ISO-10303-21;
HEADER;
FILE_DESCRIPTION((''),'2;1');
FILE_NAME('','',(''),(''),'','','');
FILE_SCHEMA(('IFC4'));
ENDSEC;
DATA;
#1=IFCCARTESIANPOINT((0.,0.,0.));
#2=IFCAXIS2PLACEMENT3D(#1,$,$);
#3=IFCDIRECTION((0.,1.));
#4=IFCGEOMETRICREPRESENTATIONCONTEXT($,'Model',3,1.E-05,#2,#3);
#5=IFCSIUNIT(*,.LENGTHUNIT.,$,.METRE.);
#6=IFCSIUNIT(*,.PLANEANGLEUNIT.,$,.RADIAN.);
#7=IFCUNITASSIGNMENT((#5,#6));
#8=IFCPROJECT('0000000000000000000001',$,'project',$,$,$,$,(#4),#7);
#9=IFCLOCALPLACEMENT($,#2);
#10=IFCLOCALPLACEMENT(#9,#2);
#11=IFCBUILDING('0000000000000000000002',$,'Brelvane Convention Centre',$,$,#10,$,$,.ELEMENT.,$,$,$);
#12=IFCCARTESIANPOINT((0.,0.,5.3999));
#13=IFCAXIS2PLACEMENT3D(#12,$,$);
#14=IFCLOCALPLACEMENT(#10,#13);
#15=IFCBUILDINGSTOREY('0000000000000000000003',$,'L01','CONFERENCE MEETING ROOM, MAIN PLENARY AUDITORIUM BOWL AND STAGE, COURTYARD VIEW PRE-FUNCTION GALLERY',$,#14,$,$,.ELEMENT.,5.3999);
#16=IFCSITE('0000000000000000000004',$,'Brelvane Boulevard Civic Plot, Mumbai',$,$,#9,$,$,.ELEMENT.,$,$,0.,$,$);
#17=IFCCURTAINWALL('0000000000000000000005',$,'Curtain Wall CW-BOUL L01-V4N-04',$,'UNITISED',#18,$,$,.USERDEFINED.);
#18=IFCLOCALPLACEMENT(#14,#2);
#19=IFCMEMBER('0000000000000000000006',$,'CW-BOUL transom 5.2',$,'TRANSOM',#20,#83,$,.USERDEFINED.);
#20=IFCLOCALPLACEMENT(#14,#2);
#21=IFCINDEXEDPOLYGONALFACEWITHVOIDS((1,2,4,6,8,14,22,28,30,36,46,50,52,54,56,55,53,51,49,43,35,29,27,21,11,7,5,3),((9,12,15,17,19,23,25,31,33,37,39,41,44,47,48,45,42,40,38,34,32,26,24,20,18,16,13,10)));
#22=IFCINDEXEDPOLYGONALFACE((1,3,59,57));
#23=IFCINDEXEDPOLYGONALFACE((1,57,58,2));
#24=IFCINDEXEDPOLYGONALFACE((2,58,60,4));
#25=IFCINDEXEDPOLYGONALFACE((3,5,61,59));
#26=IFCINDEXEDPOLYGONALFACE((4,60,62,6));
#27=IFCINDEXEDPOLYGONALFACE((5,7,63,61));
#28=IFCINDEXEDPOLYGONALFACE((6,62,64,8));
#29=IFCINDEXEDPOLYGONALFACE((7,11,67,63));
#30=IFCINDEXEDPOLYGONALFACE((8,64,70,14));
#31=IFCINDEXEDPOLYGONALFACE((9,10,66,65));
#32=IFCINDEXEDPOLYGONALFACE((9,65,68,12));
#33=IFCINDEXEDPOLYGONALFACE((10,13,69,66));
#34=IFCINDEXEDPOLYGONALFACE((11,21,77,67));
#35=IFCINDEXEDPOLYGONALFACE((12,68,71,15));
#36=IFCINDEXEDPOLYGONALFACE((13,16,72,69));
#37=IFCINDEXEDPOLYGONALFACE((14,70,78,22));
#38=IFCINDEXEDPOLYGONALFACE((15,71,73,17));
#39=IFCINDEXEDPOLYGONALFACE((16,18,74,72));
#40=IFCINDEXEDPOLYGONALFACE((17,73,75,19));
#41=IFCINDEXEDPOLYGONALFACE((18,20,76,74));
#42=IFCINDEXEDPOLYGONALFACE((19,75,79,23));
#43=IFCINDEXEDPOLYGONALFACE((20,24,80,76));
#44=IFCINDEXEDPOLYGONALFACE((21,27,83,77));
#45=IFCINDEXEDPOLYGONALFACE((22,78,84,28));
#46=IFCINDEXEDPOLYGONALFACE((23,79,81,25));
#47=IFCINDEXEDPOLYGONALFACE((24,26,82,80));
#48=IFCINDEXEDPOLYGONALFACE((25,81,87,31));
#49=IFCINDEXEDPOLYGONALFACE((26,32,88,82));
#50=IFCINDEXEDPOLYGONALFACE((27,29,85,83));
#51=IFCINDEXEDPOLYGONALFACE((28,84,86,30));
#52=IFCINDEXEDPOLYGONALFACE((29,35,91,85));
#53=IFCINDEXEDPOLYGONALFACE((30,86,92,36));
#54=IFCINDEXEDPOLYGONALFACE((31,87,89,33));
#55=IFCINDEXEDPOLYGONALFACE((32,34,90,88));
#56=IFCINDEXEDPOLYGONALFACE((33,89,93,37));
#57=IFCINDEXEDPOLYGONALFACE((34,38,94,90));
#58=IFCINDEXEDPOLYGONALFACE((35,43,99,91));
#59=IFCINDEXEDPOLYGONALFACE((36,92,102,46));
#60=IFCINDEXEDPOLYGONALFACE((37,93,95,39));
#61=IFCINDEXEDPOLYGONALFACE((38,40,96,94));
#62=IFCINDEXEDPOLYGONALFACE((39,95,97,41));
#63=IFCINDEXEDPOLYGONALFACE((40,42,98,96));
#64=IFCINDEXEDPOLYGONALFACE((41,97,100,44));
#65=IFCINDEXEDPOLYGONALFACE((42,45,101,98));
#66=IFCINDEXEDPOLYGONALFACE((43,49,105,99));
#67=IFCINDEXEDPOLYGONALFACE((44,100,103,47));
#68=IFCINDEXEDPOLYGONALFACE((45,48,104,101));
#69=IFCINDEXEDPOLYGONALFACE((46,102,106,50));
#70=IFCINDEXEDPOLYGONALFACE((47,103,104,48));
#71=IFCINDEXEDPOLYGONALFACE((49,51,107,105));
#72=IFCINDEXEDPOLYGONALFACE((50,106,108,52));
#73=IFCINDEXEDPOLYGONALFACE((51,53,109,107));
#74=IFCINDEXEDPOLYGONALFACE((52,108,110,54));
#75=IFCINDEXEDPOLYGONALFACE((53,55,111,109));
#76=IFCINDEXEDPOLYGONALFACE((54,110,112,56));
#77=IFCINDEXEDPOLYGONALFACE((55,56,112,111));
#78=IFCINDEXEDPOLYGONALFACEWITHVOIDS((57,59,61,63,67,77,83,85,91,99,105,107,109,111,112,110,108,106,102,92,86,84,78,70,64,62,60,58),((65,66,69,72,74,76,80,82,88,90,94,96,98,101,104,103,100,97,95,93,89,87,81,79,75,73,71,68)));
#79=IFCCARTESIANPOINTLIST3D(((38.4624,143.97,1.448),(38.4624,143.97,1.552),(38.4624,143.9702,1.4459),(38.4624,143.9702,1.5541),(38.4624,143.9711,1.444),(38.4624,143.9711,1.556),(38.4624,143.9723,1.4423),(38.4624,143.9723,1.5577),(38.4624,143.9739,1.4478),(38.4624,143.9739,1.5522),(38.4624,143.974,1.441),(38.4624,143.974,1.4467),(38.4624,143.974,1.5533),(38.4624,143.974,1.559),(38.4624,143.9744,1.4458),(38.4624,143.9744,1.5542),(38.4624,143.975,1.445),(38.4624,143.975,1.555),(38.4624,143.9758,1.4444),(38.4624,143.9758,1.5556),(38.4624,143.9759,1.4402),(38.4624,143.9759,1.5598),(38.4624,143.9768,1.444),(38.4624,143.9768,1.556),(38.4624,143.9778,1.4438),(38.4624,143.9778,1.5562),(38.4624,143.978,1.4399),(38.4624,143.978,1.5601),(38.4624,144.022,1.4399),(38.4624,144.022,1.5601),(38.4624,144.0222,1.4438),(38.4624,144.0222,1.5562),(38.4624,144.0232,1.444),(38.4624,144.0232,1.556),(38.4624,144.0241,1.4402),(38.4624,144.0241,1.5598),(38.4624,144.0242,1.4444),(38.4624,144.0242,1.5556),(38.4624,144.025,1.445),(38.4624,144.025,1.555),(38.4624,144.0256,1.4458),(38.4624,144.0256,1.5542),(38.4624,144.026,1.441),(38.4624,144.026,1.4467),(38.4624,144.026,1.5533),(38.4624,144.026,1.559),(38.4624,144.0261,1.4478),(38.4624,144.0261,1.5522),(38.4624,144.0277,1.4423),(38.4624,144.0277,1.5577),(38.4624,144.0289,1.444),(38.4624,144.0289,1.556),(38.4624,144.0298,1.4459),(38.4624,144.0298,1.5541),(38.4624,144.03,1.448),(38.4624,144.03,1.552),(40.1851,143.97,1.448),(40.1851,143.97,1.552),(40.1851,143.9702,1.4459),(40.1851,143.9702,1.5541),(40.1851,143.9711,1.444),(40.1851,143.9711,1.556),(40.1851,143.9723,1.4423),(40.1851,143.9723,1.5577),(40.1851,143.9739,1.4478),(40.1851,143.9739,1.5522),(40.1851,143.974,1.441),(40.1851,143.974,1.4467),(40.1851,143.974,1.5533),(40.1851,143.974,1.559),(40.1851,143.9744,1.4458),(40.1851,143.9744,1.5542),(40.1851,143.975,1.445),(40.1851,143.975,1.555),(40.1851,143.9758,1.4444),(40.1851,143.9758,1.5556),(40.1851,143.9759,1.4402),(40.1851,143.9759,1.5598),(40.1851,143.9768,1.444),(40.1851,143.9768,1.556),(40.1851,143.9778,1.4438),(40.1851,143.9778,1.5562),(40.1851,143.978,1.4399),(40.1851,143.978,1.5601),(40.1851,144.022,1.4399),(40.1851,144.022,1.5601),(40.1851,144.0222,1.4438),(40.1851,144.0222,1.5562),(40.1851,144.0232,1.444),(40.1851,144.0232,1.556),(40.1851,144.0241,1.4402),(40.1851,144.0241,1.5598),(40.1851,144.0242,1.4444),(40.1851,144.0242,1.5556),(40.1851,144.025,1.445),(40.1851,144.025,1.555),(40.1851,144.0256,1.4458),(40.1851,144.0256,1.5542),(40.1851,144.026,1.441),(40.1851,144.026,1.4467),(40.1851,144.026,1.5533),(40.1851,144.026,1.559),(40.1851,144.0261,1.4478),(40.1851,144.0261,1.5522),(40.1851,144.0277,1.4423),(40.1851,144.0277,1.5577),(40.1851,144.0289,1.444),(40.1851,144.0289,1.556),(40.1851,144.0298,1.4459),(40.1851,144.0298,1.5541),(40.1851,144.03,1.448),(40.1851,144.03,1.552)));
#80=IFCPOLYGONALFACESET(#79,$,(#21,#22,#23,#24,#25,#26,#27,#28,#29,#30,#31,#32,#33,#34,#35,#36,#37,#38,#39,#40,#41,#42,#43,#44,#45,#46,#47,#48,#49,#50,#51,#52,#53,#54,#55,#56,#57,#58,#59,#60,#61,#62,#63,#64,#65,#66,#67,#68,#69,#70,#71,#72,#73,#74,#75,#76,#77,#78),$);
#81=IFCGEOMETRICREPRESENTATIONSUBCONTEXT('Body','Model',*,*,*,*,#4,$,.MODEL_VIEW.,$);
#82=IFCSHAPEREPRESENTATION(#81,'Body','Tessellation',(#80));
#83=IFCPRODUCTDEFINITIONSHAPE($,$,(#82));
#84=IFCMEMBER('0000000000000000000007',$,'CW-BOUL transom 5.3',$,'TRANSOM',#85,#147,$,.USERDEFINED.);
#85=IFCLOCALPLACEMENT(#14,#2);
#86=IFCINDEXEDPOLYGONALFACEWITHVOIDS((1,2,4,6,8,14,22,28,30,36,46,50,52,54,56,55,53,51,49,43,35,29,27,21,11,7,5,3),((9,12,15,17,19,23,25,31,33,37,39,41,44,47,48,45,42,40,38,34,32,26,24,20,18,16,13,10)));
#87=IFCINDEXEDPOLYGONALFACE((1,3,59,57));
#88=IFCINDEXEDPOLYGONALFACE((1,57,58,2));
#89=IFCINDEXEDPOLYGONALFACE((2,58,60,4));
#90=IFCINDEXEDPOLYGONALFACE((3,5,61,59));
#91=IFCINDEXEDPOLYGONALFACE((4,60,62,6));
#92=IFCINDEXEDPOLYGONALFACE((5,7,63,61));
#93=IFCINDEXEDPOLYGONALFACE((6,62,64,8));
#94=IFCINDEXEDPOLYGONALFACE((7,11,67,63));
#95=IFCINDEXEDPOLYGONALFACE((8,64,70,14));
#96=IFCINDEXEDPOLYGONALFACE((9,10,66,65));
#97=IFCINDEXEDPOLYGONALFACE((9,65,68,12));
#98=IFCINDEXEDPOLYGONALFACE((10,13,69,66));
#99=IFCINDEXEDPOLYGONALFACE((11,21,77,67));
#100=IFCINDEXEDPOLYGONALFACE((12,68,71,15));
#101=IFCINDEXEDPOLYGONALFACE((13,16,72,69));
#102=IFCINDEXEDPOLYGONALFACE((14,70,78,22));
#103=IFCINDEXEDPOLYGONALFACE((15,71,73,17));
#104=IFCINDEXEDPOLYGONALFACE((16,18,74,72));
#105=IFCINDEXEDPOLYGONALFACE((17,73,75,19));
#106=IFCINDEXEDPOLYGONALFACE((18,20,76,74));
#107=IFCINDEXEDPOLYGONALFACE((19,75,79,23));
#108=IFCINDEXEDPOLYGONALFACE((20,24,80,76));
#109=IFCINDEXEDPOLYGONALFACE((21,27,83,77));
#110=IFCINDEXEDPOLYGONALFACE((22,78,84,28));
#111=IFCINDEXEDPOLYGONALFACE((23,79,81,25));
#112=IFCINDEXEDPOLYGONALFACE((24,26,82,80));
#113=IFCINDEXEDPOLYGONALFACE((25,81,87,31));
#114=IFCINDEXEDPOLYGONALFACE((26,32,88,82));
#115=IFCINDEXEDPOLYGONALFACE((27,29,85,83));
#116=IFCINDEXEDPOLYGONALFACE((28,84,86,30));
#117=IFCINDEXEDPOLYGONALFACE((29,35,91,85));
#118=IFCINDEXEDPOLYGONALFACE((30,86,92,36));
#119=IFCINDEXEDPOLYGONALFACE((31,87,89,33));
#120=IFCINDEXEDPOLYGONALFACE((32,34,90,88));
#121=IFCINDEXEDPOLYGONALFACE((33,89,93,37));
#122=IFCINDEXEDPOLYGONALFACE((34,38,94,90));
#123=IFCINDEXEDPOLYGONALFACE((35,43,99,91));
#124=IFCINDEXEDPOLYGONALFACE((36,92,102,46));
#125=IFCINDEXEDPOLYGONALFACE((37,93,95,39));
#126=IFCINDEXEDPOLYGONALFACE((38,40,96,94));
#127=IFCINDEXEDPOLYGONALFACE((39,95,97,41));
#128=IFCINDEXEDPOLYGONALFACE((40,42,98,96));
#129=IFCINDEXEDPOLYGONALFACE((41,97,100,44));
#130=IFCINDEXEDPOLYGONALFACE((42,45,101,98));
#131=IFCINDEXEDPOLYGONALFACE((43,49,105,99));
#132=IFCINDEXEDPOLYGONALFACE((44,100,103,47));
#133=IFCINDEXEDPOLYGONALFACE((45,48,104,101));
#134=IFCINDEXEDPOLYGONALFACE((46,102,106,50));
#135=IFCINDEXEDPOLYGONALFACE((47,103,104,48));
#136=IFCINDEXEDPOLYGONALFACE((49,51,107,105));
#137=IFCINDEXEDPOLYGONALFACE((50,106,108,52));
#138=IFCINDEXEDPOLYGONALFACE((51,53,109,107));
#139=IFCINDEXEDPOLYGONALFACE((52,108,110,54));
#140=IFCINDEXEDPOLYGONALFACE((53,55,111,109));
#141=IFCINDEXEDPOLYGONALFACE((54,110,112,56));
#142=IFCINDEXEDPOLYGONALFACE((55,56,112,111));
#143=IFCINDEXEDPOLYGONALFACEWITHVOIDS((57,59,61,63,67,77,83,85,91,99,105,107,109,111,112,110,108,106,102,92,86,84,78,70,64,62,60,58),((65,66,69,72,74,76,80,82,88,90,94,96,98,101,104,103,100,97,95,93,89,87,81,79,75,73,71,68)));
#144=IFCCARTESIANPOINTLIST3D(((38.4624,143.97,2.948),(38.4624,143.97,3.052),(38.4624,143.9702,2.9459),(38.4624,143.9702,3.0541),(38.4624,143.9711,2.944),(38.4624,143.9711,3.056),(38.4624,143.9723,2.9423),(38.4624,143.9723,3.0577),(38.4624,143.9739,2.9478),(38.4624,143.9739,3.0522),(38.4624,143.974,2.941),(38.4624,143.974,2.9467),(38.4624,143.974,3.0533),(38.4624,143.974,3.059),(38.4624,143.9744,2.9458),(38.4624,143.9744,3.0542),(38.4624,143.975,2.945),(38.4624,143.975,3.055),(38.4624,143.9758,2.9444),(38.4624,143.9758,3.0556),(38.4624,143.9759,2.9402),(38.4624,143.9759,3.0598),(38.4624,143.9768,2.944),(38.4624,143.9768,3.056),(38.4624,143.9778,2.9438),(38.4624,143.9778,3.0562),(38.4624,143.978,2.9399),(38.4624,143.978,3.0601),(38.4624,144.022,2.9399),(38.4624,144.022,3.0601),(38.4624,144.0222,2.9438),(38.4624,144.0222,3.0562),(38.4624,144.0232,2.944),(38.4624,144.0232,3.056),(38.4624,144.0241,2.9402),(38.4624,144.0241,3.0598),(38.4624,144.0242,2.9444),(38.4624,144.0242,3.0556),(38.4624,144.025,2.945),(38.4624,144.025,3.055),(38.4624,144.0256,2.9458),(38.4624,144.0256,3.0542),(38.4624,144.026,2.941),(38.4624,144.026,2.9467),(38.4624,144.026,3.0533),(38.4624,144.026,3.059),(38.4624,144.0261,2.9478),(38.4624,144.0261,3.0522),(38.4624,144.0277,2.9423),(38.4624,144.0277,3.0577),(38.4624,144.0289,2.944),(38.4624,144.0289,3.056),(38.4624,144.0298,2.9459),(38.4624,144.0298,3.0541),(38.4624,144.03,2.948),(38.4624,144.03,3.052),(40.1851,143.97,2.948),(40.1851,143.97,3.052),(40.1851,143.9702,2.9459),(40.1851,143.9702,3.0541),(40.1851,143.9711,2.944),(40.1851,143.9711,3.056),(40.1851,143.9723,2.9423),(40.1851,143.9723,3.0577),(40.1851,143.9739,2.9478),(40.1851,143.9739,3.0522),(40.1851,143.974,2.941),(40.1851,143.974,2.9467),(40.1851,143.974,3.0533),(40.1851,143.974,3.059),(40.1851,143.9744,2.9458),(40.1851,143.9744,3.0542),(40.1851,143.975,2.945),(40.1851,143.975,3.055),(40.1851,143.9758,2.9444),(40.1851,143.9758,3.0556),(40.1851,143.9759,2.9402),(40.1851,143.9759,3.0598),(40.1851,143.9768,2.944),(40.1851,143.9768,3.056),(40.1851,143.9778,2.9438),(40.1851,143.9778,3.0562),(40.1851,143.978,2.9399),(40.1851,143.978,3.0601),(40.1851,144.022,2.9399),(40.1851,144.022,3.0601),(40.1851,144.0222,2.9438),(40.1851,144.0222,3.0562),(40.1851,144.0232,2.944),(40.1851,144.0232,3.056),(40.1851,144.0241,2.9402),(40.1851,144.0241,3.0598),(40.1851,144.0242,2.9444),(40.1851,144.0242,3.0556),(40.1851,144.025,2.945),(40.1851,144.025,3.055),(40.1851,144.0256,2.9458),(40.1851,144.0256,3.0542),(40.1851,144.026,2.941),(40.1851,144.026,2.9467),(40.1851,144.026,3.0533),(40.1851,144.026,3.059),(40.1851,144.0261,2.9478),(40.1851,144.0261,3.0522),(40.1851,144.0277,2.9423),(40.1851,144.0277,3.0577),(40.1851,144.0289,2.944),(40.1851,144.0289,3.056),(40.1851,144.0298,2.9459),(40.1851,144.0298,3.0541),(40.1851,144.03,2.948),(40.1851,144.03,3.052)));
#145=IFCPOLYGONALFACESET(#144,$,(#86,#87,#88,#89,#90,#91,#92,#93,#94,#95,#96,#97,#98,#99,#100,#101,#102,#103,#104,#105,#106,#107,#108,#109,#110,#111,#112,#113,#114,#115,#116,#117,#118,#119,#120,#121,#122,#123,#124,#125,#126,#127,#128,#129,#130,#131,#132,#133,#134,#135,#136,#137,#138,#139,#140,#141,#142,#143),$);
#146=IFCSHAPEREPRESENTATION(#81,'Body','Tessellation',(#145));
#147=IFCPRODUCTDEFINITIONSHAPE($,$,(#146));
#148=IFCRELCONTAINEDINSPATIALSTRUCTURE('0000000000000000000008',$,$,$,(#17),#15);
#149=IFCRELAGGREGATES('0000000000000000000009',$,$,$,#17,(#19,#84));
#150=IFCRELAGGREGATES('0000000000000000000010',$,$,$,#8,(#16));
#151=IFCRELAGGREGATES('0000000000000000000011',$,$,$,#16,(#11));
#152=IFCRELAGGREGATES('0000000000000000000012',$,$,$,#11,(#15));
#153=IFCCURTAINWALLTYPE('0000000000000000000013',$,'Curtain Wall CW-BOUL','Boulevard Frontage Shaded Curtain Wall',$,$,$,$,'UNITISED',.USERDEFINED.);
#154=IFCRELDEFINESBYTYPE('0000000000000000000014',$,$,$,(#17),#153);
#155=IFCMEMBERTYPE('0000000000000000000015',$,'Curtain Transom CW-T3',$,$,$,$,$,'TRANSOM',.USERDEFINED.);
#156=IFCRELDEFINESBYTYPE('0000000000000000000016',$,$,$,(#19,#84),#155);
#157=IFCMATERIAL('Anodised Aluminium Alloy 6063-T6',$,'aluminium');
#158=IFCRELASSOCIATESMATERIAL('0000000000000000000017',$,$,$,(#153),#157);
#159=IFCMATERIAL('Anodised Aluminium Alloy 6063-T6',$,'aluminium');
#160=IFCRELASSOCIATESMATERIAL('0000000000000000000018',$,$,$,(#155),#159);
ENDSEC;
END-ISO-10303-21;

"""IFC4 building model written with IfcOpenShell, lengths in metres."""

from ifc_helpers import new_model, si_unit, direction, frame, origin, origin_2d, place, context, subcontext, project, spatial, hollow_rectangle, extrude, material, material_profile, profile_set, type_object, element, aggregate, save


model = new_model("IFC4")

# Units and contexts
model_context = context("Model", 3, precision=1e-05, world=origin(), true_north=direction((0.0, 1.0)))
body_context = subcontext(model_context, "Body", "Model", "MODEL_VIEW")
ifc_project = project(units=[si_unit("LENGTHUNIT", "METRE"), si_unit("PLANEANGLEUNIT", "RADIAN")], contexts=[model_context])

# Site, building, storey
site_placement = place(None, origin())
site = spatial("IfcSite", under=ifc_project, at=site_placement, Name="Brelvane Boulevard Civic Plot, Mumbai", CompositionType="ELEMENT", RefElevation=0.0)
building_placement = place(site_placement, origin())
building = spatial("IfcBuilding", under=site, at=building_placement, Name="Brelvane Convention Centre", CompositionType="ELEMENT")
storey_placement = place(building_placement, frame((0.0, 0.0, 5.3999)))
storey = spatial("IfcBuildingStorey", under=building, at=storey_placement, Name="L01", Description="CONFERENCE MEETING ROOM, MAIN PLENARY AUDITORIUM BOWL AND STAGE, COURTYARD VIEW PRE-FUNCTION GALLERY", CompositionType="ELEMENT", Elevation=5.3999)

# Curtain wall, members
ifc_material_1 = material(Name="Anodised Aluminium Alloy 6063-T6", Category="aluminium")
curtain_wall_type = type_object("IfcCurtainWallType", Name="Curtain Wall CW-BOUL", Description="Boulevard Frontage Shaded Curtain Wall", ElementType="UNITISED", PredefinedType="USERDEFINED", material=ifc_material_1)
curtain_wall_placement = place(storey_placement, origin())
curtain_wall = element("IfcCurtainWall", 1, at=curtain_wall_placement, inside=storey, type_object=curtain_wall_type, Name="Curtain Wall CW-BOUL L01-V4N-04", ObjectType="UNITISED", PredefinedType="USERDEFINED")
ifc_material_2 = material(Name="Anodised Aluminium Alloy 6063-T6", Category="aluminium")
ifc_material_profile_1 = material_profile(ifc_material_2, hollow_rectangle(XDim=0.0601, YDim=0.1201, WallThickness=0.0039, InnerFilletRadius=0.0039, OuterFilletRadius=0.0081, at=origin_2d()), Name="ALU-T 120x60x4.0")
ifc_profile_set_1 = profile_set([ifc_material_profile_1], Name="Anodised Aluminium Alloy 6063-T6")
member_type_1 = type_object("IfcMemberType", Name="Curtain Transom CW-T3", ElementType="TRANSOM", PredefinedType="USERDEFINED", material=ifc_profile_set_1)
member_1_placement = place(storey_placement, frame((38.4624, 144.0, 1.5), z_axis=(1.0, 0.0, 0.0), x_axis=(0.0, 1.0, 0.0)))
member_1 = element("IfcMember", 2, at=member_1_placement, type_object=member_type_1, Name="CW-BOUL transom 5.2", ObjectType="TRANSOM", PredefinedType="USERDEFINED", context=body_context, shape_type="SweptSolid", body=[
    extrude(hollow_rectangle(XDim=0.0601, YDim=0.1201, WallThickness=0.0039, InnerFilletRadius=0.0039, OuterFilletRadius=0.0081, at=origin_2d()), origin(), (0.0, 0.0, 1.0), 1.7227),
])
member_2_placement = place(storey_placement, frame((38.4624, 144.0, 3.0), z_axis=(1.0, 0.0, 0.0), x_axis=(0.0, 1.0, 0.0)))
member_2 = element("IfcMember", 3, at=member_2_placement, type_object=member_type_1, Name="CW-BOUL transom 5.3", ObjectType="TRANSOM", PredefinedType="USERDEFINED", context=body_context, shape_type="SweptSolid", body=[
    extrude(hollow_rectangle(XDim=0.0601, YDim=0.1201, WallThickness=0.0039, InnerFilletRadius=0.0039, OuterFilletRadius=0.0081, at=origin_2d()), origin(), (0.0, 0.0, 1.0), 1.7227),
])

aggregate(curtain_wall, [member_1, member_2])

save(model, "model.ifc")
